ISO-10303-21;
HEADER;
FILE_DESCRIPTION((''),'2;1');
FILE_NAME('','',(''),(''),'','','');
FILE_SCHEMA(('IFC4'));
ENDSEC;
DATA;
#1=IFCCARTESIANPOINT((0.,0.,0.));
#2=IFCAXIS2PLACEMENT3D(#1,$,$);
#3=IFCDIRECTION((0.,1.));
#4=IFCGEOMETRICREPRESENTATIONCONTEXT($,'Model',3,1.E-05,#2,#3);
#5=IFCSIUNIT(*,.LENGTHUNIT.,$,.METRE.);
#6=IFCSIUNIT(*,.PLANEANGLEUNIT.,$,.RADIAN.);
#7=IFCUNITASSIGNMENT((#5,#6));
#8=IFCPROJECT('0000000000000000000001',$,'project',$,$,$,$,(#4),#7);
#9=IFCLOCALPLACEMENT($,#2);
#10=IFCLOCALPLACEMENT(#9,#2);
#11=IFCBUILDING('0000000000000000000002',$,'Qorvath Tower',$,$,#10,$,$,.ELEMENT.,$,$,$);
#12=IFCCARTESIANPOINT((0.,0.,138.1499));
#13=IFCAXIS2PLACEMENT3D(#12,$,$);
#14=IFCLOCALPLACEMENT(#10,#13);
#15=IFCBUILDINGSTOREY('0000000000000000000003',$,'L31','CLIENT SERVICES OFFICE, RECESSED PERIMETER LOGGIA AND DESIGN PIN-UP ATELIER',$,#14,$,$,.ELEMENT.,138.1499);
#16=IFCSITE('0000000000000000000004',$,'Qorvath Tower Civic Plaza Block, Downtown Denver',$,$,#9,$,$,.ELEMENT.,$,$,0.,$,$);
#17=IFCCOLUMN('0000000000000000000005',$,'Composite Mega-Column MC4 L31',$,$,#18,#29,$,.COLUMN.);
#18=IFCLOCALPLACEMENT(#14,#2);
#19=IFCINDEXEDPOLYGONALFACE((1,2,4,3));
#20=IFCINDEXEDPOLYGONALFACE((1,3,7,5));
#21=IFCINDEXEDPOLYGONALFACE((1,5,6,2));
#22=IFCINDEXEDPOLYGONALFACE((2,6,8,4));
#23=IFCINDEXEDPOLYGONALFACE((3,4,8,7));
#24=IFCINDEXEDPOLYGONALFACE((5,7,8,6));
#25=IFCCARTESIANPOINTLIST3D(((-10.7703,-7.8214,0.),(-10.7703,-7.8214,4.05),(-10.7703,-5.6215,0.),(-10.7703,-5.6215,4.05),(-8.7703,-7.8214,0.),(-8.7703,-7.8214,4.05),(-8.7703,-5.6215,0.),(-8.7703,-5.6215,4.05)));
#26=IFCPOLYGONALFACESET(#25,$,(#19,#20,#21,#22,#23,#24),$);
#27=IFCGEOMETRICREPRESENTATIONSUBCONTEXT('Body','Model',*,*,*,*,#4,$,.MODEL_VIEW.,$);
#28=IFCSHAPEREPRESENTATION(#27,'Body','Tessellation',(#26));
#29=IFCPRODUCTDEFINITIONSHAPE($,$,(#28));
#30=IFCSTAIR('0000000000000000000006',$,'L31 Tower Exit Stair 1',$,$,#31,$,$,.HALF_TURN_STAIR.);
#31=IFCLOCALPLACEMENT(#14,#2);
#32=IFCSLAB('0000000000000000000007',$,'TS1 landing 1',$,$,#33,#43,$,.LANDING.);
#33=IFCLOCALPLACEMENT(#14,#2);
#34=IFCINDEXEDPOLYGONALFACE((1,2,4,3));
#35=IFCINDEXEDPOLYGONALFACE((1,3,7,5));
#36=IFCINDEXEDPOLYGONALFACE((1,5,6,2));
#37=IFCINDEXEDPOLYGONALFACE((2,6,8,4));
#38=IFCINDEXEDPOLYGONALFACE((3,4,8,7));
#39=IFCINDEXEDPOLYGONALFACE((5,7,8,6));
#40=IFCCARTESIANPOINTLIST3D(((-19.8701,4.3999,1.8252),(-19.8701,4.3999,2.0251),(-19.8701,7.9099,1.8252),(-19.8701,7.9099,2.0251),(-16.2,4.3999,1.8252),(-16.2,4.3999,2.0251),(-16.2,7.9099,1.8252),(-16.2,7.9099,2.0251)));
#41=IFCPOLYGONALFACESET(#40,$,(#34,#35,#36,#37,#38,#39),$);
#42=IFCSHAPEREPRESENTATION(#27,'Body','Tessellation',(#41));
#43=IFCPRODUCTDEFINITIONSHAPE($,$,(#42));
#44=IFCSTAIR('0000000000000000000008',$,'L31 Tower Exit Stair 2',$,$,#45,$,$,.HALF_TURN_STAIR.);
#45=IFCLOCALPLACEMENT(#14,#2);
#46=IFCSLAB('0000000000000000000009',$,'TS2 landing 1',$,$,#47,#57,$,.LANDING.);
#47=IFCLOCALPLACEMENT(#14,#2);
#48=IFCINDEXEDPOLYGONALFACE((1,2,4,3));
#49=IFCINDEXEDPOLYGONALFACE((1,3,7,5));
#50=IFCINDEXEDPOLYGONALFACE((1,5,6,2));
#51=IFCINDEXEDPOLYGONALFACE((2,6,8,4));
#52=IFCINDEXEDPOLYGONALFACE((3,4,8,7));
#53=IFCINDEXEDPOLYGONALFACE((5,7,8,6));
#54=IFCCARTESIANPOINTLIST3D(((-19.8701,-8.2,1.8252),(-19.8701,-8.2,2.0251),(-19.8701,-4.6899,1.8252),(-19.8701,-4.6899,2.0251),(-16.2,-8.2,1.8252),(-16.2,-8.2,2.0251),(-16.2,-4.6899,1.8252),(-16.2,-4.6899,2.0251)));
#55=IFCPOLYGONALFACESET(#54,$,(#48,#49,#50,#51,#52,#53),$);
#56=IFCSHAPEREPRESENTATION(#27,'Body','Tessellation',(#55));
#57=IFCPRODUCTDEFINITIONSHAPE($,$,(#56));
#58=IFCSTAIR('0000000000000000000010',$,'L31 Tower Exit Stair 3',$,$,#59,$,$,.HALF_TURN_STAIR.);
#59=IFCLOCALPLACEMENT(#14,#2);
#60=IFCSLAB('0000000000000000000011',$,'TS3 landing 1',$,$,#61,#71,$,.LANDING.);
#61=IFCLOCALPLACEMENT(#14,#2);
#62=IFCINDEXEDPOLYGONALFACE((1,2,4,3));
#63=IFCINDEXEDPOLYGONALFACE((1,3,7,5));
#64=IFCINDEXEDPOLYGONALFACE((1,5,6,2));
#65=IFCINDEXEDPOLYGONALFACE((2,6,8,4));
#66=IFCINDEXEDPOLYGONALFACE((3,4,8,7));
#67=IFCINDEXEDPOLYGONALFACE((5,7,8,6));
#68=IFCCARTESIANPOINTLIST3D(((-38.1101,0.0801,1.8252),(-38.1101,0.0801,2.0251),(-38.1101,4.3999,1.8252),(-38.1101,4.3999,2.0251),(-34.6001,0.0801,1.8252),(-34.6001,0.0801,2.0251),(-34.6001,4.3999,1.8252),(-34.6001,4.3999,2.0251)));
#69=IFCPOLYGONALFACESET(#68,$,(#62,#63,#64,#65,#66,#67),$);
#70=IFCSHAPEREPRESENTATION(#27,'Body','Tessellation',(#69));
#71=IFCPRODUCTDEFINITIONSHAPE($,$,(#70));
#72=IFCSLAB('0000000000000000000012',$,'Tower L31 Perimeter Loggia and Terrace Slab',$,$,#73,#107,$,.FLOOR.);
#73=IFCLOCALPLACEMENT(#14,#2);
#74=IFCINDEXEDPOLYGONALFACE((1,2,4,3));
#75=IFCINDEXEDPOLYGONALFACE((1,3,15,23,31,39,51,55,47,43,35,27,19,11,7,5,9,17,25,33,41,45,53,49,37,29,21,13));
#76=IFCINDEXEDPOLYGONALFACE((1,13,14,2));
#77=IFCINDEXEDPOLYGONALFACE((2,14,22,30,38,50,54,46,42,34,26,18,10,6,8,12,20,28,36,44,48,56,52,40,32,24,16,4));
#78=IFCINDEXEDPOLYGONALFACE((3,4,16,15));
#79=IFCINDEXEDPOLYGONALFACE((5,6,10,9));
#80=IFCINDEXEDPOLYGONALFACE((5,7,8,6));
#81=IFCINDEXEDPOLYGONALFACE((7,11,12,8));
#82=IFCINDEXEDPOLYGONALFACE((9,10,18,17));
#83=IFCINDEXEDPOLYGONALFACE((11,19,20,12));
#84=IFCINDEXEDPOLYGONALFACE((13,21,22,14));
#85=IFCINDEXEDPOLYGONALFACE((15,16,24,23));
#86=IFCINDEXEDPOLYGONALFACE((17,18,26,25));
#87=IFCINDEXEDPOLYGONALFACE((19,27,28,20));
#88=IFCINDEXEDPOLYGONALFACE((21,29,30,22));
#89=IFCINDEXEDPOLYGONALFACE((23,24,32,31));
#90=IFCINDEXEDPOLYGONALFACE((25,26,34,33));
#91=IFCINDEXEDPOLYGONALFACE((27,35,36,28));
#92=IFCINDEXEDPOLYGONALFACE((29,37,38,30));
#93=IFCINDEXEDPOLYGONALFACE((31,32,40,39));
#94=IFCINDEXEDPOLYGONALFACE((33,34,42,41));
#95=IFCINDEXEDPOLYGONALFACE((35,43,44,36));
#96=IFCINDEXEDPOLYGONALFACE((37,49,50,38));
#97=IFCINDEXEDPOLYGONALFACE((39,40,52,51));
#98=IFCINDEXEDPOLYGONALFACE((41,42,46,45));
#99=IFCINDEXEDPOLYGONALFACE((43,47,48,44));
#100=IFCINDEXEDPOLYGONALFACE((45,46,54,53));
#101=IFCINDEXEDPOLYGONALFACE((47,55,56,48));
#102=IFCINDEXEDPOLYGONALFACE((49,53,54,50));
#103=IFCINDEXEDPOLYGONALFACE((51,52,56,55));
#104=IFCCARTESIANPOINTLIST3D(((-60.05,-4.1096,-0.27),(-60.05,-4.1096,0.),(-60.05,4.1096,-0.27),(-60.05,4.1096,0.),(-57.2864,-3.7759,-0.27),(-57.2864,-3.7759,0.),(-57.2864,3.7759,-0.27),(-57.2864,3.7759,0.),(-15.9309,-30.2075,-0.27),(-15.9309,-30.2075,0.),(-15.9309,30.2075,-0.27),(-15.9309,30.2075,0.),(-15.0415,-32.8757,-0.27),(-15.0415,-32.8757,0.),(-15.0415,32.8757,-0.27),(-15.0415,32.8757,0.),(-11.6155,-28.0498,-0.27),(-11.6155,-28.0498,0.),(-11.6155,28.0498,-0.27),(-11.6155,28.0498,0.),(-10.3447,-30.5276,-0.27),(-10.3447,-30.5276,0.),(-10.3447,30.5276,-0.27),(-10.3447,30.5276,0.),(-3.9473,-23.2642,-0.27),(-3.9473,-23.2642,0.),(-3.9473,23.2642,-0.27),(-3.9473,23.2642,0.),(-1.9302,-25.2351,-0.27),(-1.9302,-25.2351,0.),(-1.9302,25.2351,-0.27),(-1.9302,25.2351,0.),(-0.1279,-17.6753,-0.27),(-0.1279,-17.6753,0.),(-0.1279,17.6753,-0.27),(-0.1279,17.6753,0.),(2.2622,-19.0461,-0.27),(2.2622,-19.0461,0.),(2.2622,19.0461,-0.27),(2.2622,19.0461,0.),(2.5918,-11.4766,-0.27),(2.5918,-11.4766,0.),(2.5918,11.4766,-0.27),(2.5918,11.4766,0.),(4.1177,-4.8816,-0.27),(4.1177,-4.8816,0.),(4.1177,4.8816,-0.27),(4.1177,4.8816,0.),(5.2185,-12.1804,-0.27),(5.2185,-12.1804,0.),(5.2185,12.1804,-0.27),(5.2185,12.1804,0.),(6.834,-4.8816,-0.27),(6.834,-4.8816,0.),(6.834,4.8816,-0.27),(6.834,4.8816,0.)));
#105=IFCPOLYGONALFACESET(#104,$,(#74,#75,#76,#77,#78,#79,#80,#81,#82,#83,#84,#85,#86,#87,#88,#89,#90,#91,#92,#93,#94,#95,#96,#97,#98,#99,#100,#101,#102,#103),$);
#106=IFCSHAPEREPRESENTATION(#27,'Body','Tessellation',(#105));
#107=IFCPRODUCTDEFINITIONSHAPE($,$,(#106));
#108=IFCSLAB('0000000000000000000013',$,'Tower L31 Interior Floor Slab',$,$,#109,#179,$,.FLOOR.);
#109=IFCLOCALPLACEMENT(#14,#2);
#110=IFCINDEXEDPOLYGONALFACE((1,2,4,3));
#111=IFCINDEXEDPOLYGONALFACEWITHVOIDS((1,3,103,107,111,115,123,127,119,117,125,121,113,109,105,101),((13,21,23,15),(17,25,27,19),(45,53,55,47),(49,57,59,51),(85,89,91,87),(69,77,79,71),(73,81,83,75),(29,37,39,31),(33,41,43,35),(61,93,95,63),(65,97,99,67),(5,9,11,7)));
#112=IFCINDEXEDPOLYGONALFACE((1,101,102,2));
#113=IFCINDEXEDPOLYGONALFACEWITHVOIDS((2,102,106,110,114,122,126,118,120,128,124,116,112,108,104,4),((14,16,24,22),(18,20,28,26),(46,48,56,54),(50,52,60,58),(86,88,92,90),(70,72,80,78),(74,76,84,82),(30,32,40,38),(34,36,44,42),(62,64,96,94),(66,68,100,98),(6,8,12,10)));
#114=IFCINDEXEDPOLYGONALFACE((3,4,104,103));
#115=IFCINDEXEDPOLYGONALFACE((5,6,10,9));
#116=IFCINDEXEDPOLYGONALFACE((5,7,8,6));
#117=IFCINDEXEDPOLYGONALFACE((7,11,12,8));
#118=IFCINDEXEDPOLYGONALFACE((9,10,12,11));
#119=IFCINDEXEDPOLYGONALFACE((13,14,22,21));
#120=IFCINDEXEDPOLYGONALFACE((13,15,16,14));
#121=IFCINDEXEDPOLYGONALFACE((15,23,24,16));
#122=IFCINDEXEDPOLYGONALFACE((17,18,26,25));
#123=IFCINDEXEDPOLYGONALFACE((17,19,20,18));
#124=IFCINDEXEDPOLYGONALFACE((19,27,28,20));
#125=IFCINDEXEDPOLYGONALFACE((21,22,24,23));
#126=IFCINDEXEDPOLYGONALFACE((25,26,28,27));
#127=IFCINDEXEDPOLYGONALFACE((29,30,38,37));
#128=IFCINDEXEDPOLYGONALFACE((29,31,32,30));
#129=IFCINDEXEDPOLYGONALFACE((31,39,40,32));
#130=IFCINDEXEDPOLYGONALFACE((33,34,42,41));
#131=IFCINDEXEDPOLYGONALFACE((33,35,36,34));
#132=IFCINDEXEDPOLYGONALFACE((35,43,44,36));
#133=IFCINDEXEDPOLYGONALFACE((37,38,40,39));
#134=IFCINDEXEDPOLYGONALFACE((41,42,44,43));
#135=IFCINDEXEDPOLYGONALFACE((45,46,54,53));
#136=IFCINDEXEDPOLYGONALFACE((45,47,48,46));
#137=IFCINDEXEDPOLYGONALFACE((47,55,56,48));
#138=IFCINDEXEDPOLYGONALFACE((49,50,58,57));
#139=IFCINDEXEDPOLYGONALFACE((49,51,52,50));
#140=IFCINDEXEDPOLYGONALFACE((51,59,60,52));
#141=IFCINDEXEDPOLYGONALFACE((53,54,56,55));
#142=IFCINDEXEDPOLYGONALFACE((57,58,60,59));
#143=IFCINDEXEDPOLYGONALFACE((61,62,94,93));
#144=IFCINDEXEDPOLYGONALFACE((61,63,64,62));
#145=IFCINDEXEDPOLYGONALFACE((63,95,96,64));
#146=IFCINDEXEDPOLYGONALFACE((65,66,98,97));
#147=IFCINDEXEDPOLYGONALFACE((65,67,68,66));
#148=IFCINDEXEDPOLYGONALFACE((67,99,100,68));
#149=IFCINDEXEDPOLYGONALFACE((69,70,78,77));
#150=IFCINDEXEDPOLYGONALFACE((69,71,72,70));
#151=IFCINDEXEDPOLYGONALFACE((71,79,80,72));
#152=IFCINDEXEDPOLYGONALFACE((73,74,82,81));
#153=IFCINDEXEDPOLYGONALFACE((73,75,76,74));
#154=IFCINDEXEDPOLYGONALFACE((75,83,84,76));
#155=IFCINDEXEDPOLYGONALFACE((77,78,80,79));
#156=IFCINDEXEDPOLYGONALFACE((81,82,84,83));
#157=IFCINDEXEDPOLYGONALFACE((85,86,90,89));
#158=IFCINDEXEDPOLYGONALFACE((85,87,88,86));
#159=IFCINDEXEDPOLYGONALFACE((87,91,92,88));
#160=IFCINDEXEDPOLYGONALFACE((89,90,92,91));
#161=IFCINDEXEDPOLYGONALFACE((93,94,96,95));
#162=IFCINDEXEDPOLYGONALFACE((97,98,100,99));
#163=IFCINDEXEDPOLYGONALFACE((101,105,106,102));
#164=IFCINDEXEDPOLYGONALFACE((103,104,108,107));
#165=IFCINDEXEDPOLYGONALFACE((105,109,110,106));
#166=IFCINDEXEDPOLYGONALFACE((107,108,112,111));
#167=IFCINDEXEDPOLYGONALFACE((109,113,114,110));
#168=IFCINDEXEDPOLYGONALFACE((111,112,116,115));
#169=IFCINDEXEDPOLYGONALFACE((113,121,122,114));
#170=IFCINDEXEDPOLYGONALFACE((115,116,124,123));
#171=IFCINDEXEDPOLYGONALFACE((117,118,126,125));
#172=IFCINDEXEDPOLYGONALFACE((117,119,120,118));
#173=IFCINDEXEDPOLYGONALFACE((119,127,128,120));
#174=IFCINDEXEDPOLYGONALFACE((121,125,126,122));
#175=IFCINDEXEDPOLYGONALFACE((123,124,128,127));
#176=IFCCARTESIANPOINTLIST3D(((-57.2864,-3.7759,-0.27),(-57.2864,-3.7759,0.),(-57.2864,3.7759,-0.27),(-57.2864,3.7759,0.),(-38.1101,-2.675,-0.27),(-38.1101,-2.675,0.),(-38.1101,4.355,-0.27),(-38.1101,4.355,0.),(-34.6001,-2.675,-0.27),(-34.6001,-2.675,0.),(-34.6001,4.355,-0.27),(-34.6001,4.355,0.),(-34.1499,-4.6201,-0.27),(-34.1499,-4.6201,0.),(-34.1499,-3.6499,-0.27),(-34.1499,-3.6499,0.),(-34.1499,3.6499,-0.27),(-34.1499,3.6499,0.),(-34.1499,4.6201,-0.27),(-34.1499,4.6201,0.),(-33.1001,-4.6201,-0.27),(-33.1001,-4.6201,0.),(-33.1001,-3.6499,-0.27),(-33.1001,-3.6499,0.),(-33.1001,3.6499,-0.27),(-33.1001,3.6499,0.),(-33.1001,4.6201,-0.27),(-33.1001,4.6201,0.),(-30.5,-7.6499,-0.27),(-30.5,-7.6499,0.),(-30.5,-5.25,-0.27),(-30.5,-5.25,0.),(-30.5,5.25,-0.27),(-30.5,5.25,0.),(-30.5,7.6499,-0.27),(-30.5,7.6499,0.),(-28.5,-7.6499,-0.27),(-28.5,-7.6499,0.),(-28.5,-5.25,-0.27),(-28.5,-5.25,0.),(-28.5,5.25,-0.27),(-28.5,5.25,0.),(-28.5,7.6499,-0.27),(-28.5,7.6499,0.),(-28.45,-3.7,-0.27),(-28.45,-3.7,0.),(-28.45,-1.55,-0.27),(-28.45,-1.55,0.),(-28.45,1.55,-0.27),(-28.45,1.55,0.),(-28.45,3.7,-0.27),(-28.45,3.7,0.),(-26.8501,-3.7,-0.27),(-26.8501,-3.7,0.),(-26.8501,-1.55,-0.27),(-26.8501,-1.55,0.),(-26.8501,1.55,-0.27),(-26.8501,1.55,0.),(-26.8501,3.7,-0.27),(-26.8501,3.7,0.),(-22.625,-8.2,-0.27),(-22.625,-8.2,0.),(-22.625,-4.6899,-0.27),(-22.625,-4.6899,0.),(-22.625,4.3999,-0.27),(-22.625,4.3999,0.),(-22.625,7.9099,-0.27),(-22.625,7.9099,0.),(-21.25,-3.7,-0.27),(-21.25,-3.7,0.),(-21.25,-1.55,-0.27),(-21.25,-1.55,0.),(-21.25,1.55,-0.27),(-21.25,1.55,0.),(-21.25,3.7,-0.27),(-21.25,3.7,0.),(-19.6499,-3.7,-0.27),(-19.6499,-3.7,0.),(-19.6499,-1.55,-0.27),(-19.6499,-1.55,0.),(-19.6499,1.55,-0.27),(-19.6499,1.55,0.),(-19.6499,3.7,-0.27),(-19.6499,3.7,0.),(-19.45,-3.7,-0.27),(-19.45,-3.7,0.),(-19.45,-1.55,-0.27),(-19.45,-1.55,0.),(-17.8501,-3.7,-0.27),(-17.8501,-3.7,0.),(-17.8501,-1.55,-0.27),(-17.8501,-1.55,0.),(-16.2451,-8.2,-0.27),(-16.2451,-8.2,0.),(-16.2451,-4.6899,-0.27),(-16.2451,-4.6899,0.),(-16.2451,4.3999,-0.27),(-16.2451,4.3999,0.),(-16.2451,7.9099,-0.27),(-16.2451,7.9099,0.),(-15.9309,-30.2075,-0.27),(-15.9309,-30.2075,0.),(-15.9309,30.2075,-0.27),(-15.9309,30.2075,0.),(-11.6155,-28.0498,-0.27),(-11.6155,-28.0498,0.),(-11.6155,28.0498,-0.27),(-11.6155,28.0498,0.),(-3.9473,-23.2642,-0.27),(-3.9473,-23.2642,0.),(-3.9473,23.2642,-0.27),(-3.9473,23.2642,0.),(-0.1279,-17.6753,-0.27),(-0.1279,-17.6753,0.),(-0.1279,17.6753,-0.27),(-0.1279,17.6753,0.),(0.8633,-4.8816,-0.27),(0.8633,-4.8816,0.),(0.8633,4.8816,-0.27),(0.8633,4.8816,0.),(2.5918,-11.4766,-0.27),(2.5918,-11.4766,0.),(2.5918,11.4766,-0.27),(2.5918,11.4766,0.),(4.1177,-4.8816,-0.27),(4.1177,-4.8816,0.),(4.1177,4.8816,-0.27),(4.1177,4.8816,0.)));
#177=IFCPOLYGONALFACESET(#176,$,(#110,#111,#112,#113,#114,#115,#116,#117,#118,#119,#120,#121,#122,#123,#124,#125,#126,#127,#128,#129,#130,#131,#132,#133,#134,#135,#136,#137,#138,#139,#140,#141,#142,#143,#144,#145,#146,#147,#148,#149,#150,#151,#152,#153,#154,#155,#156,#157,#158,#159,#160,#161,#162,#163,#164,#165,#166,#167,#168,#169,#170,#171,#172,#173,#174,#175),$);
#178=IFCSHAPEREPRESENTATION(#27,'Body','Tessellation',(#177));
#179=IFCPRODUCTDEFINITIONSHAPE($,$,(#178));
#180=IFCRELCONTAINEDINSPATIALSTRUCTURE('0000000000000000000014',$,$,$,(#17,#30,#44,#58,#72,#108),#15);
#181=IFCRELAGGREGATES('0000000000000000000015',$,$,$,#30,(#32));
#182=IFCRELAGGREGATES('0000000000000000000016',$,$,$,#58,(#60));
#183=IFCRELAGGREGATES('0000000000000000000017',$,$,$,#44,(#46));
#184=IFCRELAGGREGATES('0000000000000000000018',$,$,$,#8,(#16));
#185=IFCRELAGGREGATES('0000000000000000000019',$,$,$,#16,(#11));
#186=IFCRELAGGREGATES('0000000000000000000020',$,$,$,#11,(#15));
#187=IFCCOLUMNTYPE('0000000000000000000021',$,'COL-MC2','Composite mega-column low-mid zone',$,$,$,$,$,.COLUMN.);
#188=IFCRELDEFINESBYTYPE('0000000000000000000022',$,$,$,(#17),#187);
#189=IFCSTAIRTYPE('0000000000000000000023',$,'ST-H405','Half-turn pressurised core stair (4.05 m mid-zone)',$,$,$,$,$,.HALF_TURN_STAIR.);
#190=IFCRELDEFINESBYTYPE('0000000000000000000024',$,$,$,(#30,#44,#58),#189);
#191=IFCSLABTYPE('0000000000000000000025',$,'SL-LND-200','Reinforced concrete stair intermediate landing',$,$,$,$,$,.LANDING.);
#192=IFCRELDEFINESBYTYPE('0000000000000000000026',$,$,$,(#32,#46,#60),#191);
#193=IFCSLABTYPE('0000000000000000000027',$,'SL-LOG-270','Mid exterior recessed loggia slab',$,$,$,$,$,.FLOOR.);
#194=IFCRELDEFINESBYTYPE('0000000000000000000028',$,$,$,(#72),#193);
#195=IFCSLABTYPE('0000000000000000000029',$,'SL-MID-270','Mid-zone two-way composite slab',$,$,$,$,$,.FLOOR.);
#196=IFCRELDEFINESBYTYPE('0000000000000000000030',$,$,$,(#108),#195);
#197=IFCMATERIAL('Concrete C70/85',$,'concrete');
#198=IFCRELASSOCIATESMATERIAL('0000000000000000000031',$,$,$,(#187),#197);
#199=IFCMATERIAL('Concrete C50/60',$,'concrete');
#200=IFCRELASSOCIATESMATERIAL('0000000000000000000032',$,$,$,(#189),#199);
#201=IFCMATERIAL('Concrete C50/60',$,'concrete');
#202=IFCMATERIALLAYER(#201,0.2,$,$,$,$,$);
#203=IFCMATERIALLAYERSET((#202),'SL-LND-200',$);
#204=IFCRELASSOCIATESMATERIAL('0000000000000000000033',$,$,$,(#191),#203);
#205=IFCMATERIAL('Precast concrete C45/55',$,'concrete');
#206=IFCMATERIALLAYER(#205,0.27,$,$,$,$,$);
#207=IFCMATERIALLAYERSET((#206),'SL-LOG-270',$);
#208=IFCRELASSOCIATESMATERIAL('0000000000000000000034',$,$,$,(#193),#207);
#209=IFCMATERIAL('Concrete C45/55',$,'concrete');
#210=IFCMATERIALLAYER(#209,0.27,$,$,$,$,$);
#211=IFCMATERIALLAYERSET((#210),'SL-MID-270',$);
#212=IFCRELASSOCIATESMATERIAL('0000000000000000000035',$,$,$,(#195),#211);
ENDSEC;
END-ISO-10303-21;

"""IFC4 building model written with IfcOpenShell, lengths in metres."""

from ifc_helpers import new_model, si_unit, direction, frame, origin, origin_2d, place, context, subcontext, project, spatial, polyline, rectangle, outline, extrude, material, layer, layer_set, material_profile, profile_set, type_object, element, aggregate, save


model = new_model("IFC4")

# Units and contexts
model_context = context("Model", 3, precision=1e-05, world=origin(), true_north=direction((0.0, 1.0)))
body_context = subcontext(model_context, "Body", "Model", "MODEL_VIEW")
ifc_project = project(units=[si_unit("LENGTHUNIT", "METRE"), si_unit("PLANEANGLEUNIT", "RADIAN")], contexts=[model_context])

# Site, building, storey
site_placement = place(None, origin())
site = spatial("IfcSite", under=ifc_project, at=site_placement, Name="Qorvath Tower Civic Plaza Block, Downtown Denver", CompositionType="ELEMENT", RefElevation=0.0)
building_placement = place(site_placement, origin())
building = spatial("IfcBuilding", under=site, at=building_placement, Name="Qorvath Tower", CompositionType="ELEMENT")
storey_placement = place(building_placement, frame((0.0, 0.0, 138.1499)))
storey = spatial("IfcBuildingStorey", under=building, at=storey_placement, Name="L31", Description="CLIENT SERVICES OFFICE, RECESSED PERIMETER LOGGIA AND DESIGN PIN-UP ATELIER", CompositionType="ELEMENT", Elevation=138.1499)

# Column
ifc_material_1 = material(Name="Concrete C70/85", Category="concrete")
ifc_material_profile = material_profile(ifc_material_1, rectangle(XDim=2.0, YDim=2.2, at=origin_2d()), Name="MC 2200x2000")
ifc_profile_set = profile_set([ifc_material_profile], Name="Concrete C70/85")
column_type = type_object("IfcColumnType", Name="COL-MC2", Description="Composite mega-column low-mid zone", PredefinedType="COLUMN", material=ifc_profile_set)
column_placement = place(storey_placement, frame((-9.7703, -6.7214, 0.0), z_axis=(0.0, 0.0, 1.0), x_axis=(1.0, 0.0, 0.0)))
element("IfcColumn", 1, at=column_placement, inside=storey, type_object=column_type, Name="Composite Mega-Column MC4 L31", PredefinedType="COLUMN", context=body_context, shape_type="SweptSolid", body=[
    extrude(rectangle(XDim=2.0, YDim=2.2, at=origin_2d()), origin(), (0.0, 0.0, 1.0), 4.05),
])

# Stairs, slabs
ifc_material_2 = material(Name="Concrete C50/60", Category="concrete")
stair_type = type_object("IfcStairType", Name="ST-H405", Description="Half-turn pressurised core stair (4.05 m mid-zone)", PredefinedType="HALF_TURN_STAIR", material=ifc_material_2)
stair_1_placement = place(storey_placement, origin())
stair_1 = element("IfcStair", 2, at=stair_1_placement, inside=storey, type_object=stair_type, Name="L31 Tower Exit Stair 1", PredefinedType="HALF_TURN_STAIR")
ifc_material_3 = material(Name="Concrete C50/60", Category="concrete")
ifc_layer_1 = layer(ifc_material_3, 0.2)
ifc_layer_set_1 = layer_set([ifc_layer_1], Name="SL-LND-200")
slab_type_1 = type_object("IfcSlabType", Name="SL-LND-200", Description="Reinforced concrete stair intermediate landing", PredefinedType="LANDING", material=ifc_layer_set_1)
slab_1_placement = place(storey_placement, frame((0.0, 0.0, 1.8252)))
slab_1 = element("IfcSlab", 3, at=slab_1_placement, type_object=slab_type_1, Name="TS1 landing 1", PredefinedType="LANDING", context=body_context, shape_type="SweptSolid", body=[
    extrude(outline(polyline([(-19.8701, 4.3999), (-16.2, 4.3999), (-16.2, 7.9099), (-19.8701, 7.9099), (-19.8701, 4.3999)])), origin(), (0.0, 0.0, 1.0), 0.2),
])
aggregate(stair_1, [slab_1])
stair_2_placement = place(storey_placement, origin())
stair_2 = element("IfcStair", 4, at=stair_2_placement, inside=storey, type_object=stair_type, Name="L31 Tower Exit Stair 2", PredefinedType="HALF_TURN_STAIR")
slab_2_placement = place(storey_placement, frame((0.0, 0.0, 1.8252)))
slab_2 = element("IfcSlab", 5, at=slab_2_placement, type_object=slab_type_1, Name="TS2 landing 1", PredefinedType="LANDING", context=body_context, shape_type="SweptSolid", body=[
    extrude(outline(polyline([(-19.8701, -8.2), (-16.2, -8.2), (-16.2, -4.6899), (-19.8701, -4.6899), (-19.8701, -8.2)])), origin(), (0.0, 0.0, 1.0), 0.2),
])
stair_3_placement = place(storey_placement, origin())
stair_3 = element("IfcStair", 6, at=stair_3_placement, inside=storey, type_object=stair_type, Name="L31 Tower Exit Stair 3", PredefinedType="HALF_TURN_STAIR")
slab_3_placement = place(storey_placement, frame((0.0, 0.0, 1.8252)))
slab_3 = element("IfcSlab", 7, at=slab_3_placement, type_object=slab_type_1, Name="TS3 landing 1", PredefinedType="LANDING", context=body_context, shape_type="SweptSolid", body=[
    extrude(outline(polyline([(-34.6001, 0.0801), (-34.6001, 4.3999), (-38.1101, 4.3999), (-38.1101, 0.0801), (-34.6001, 0.0801)])), origin(), (0.0, 0.0, 1.0), 0.2),
])
aggregate(stair_3, [slab_3])

# Slabs
ifc_material_4 = material(Name="Precast concrete C45/55", Category="concrete")
ifc_layer_2 = layer(ifc_material_4, 0.27)
ifc_layer_set_2 = layer_set([ifc_layer_2], Name="SL-LOG-270")
slab_type_2 = type_object("IfcSlabType", Name="SL-LOG-270", Description="Mid exterior recessed loggia slab", PredefinedType="FLOOR", material=ifc_layer_set_2)
slab_4_placement = place(storey_placement, frame((0.0, 0.0, -0.27)))
element("IfcSlab", 8, at=slab_4_placement, inside=storey, type_object=slab_type_2, Name="Tower L31 Perimeter Loggia and Terrace Slab", PredefinedType="FLOOR", context=body_context, shape_type="SweptSolid", body=[
    extrude(outline(polyline([(4.1177, -4.8816), (2.5918, -11.4766), (-0.1279, -17.6753), (-3.9473, -23.2642), (-11.6155, -28.0498), (-15.9309, -30.2075), (-57.2864, -3.7759), (-57.2864, 3.7759), (-15.9309, 30.2075), (-11.6155, 28.0498), (-3.9473, 23.2642), (-0.1279, 17.6753), (2.5918, 11.4766), (4.1177, 4.8816), (6.834, 4.8816), (5.2185, 12.1804), (2.2622, 19.0461), (-1.9302, 25.2351), (-10.3447, 30.5276), (-15.0415, 32.8757), (-60.05, 4.1096), (-60.05, -4.1096), (-15.0415, -32.8757), (-10.3447, -30.5276), (-1.9302, -25.2351), (2.2622, -19.0461), (5.2185, -12.1804), (6.834, -4.8816), (4.1177, -4.8816)])), origin(), (0.0, 0.0, 1.0), 0.27),
])
ifc_material_5 = material(Name="Concrete C45/55", Category="concrete")
ifc_layer_3 = layer(ifc_material_5, 0.27)
ifc_layer_set_3 = layer_set([ifc_layer_3], Name="SL-MID-270")
slab_type_3 = type_object("IfcSlabType", Name="SL-MID-270", Description="Mid-zone two-way composite slab", PredefinedType="FLOOR", material=ifc_layer_set_3)
slab_5_placement = place(storey_placement, frame((0.0, 0.0, -0.27)))
element("IfcSlab", 9, at=slab_5_placement, inside=storey, type_object=slab_type_3, Name="Tower L31 Interior Floor Slab", PredefinedType="FLOOR", context=body_context, shape_type="SweptSolid", body=[
    extrude(outline(polyline([(-57.2864, 3.7759), (-57.2864, -3.7759), (-15.9309, -30.2075), (-11.6155, -28.0498), (-3.9473, -23.2642), (-0.1279, -17.6753), (2.5918, -11.4766), (4.1177, -4.8816), (0.8633, -4.8816), (0.8633, 4.8816), (4.1177, 4.8816), (2.5918, 11.4766), (-0.1279, 17.6753), (-3.9473, 23.2642), (-11.6155, 28.0498), (-15.9309, 30.2075), (-57.2864, 3.7759)]), holes=[polyline([(-16.2451, -8.2), (-22.625, -8.2), (-22.625, -4.6899), (-16.2451, -4.6899), (-16.2451, -8.2)]), polyline([(-22.625, 4.3999), (-22.625, 7.9099), (-16.2451, 7.9099), (-16.2451, 4.3999), (-22.625, 4.3999)]), polyline([(-17.8501, -3.7), (-19.45, -3.7), (-19.45, -1.55), (-17.8501, -1.55), (-17.8501, -3.7)]), polyline([(-21.25, -3.7), (-21.25, -1.55), (-19.6499, -1.55), (-19.6499, -3.7), (-21.25, -3.7)]), polyline([(-21.25, 1.55), (-21.25, 3.7), (-19.6499, 3.7), (-19.6499, 1.55), (-21.25, 1.55)]), polyline([(-28.45, -3.7), (-28.45, -1.55), (-26.8501, -1.55), (-26.8501, -3.7), (-28.45, -3.7)]), polyline([(-26.8501, 1.55), (-28.45, 1.55), (-28.45, 3.7), (-26.8501, 3.7), (-26.8501, 1.55)]), polyline([(-28.5, -7.6499), (-30.5, -7.6499), (-30.5, -5.25), (-28.5, -5.25), (-28.5, -7.6499)]), polyline([(-30.5, 5.25), (-30.5, 7.6499), (-28.5, 7.6499), (-28.5, 5.25), (-30.5, 5.25)]), polyline([(-34.1499, -4.6201), (-34.1499, -3.6499), (-33.1001, -3.6499), (-33.1001, -4.6201), (-34.1499, -4.6201)]), polyline([(-34.1499, 3.6499), (-34.1499, 4.6201), (-33.1001, 4.6201), (-33.1001, 3.6499), (-34.1499, 3.6499)]), polyline([(-34.6001, -2.675), (-38.1101, -2.675), (-38.1101, 4.355), (-34.6001, 4.355), (-34.6001, -2.675)])]), origin(), (0.0, 0.0, 1.0), 0.27),
])

aggregate(stair_2, [slab_2])

save(model, "model.ifc")
